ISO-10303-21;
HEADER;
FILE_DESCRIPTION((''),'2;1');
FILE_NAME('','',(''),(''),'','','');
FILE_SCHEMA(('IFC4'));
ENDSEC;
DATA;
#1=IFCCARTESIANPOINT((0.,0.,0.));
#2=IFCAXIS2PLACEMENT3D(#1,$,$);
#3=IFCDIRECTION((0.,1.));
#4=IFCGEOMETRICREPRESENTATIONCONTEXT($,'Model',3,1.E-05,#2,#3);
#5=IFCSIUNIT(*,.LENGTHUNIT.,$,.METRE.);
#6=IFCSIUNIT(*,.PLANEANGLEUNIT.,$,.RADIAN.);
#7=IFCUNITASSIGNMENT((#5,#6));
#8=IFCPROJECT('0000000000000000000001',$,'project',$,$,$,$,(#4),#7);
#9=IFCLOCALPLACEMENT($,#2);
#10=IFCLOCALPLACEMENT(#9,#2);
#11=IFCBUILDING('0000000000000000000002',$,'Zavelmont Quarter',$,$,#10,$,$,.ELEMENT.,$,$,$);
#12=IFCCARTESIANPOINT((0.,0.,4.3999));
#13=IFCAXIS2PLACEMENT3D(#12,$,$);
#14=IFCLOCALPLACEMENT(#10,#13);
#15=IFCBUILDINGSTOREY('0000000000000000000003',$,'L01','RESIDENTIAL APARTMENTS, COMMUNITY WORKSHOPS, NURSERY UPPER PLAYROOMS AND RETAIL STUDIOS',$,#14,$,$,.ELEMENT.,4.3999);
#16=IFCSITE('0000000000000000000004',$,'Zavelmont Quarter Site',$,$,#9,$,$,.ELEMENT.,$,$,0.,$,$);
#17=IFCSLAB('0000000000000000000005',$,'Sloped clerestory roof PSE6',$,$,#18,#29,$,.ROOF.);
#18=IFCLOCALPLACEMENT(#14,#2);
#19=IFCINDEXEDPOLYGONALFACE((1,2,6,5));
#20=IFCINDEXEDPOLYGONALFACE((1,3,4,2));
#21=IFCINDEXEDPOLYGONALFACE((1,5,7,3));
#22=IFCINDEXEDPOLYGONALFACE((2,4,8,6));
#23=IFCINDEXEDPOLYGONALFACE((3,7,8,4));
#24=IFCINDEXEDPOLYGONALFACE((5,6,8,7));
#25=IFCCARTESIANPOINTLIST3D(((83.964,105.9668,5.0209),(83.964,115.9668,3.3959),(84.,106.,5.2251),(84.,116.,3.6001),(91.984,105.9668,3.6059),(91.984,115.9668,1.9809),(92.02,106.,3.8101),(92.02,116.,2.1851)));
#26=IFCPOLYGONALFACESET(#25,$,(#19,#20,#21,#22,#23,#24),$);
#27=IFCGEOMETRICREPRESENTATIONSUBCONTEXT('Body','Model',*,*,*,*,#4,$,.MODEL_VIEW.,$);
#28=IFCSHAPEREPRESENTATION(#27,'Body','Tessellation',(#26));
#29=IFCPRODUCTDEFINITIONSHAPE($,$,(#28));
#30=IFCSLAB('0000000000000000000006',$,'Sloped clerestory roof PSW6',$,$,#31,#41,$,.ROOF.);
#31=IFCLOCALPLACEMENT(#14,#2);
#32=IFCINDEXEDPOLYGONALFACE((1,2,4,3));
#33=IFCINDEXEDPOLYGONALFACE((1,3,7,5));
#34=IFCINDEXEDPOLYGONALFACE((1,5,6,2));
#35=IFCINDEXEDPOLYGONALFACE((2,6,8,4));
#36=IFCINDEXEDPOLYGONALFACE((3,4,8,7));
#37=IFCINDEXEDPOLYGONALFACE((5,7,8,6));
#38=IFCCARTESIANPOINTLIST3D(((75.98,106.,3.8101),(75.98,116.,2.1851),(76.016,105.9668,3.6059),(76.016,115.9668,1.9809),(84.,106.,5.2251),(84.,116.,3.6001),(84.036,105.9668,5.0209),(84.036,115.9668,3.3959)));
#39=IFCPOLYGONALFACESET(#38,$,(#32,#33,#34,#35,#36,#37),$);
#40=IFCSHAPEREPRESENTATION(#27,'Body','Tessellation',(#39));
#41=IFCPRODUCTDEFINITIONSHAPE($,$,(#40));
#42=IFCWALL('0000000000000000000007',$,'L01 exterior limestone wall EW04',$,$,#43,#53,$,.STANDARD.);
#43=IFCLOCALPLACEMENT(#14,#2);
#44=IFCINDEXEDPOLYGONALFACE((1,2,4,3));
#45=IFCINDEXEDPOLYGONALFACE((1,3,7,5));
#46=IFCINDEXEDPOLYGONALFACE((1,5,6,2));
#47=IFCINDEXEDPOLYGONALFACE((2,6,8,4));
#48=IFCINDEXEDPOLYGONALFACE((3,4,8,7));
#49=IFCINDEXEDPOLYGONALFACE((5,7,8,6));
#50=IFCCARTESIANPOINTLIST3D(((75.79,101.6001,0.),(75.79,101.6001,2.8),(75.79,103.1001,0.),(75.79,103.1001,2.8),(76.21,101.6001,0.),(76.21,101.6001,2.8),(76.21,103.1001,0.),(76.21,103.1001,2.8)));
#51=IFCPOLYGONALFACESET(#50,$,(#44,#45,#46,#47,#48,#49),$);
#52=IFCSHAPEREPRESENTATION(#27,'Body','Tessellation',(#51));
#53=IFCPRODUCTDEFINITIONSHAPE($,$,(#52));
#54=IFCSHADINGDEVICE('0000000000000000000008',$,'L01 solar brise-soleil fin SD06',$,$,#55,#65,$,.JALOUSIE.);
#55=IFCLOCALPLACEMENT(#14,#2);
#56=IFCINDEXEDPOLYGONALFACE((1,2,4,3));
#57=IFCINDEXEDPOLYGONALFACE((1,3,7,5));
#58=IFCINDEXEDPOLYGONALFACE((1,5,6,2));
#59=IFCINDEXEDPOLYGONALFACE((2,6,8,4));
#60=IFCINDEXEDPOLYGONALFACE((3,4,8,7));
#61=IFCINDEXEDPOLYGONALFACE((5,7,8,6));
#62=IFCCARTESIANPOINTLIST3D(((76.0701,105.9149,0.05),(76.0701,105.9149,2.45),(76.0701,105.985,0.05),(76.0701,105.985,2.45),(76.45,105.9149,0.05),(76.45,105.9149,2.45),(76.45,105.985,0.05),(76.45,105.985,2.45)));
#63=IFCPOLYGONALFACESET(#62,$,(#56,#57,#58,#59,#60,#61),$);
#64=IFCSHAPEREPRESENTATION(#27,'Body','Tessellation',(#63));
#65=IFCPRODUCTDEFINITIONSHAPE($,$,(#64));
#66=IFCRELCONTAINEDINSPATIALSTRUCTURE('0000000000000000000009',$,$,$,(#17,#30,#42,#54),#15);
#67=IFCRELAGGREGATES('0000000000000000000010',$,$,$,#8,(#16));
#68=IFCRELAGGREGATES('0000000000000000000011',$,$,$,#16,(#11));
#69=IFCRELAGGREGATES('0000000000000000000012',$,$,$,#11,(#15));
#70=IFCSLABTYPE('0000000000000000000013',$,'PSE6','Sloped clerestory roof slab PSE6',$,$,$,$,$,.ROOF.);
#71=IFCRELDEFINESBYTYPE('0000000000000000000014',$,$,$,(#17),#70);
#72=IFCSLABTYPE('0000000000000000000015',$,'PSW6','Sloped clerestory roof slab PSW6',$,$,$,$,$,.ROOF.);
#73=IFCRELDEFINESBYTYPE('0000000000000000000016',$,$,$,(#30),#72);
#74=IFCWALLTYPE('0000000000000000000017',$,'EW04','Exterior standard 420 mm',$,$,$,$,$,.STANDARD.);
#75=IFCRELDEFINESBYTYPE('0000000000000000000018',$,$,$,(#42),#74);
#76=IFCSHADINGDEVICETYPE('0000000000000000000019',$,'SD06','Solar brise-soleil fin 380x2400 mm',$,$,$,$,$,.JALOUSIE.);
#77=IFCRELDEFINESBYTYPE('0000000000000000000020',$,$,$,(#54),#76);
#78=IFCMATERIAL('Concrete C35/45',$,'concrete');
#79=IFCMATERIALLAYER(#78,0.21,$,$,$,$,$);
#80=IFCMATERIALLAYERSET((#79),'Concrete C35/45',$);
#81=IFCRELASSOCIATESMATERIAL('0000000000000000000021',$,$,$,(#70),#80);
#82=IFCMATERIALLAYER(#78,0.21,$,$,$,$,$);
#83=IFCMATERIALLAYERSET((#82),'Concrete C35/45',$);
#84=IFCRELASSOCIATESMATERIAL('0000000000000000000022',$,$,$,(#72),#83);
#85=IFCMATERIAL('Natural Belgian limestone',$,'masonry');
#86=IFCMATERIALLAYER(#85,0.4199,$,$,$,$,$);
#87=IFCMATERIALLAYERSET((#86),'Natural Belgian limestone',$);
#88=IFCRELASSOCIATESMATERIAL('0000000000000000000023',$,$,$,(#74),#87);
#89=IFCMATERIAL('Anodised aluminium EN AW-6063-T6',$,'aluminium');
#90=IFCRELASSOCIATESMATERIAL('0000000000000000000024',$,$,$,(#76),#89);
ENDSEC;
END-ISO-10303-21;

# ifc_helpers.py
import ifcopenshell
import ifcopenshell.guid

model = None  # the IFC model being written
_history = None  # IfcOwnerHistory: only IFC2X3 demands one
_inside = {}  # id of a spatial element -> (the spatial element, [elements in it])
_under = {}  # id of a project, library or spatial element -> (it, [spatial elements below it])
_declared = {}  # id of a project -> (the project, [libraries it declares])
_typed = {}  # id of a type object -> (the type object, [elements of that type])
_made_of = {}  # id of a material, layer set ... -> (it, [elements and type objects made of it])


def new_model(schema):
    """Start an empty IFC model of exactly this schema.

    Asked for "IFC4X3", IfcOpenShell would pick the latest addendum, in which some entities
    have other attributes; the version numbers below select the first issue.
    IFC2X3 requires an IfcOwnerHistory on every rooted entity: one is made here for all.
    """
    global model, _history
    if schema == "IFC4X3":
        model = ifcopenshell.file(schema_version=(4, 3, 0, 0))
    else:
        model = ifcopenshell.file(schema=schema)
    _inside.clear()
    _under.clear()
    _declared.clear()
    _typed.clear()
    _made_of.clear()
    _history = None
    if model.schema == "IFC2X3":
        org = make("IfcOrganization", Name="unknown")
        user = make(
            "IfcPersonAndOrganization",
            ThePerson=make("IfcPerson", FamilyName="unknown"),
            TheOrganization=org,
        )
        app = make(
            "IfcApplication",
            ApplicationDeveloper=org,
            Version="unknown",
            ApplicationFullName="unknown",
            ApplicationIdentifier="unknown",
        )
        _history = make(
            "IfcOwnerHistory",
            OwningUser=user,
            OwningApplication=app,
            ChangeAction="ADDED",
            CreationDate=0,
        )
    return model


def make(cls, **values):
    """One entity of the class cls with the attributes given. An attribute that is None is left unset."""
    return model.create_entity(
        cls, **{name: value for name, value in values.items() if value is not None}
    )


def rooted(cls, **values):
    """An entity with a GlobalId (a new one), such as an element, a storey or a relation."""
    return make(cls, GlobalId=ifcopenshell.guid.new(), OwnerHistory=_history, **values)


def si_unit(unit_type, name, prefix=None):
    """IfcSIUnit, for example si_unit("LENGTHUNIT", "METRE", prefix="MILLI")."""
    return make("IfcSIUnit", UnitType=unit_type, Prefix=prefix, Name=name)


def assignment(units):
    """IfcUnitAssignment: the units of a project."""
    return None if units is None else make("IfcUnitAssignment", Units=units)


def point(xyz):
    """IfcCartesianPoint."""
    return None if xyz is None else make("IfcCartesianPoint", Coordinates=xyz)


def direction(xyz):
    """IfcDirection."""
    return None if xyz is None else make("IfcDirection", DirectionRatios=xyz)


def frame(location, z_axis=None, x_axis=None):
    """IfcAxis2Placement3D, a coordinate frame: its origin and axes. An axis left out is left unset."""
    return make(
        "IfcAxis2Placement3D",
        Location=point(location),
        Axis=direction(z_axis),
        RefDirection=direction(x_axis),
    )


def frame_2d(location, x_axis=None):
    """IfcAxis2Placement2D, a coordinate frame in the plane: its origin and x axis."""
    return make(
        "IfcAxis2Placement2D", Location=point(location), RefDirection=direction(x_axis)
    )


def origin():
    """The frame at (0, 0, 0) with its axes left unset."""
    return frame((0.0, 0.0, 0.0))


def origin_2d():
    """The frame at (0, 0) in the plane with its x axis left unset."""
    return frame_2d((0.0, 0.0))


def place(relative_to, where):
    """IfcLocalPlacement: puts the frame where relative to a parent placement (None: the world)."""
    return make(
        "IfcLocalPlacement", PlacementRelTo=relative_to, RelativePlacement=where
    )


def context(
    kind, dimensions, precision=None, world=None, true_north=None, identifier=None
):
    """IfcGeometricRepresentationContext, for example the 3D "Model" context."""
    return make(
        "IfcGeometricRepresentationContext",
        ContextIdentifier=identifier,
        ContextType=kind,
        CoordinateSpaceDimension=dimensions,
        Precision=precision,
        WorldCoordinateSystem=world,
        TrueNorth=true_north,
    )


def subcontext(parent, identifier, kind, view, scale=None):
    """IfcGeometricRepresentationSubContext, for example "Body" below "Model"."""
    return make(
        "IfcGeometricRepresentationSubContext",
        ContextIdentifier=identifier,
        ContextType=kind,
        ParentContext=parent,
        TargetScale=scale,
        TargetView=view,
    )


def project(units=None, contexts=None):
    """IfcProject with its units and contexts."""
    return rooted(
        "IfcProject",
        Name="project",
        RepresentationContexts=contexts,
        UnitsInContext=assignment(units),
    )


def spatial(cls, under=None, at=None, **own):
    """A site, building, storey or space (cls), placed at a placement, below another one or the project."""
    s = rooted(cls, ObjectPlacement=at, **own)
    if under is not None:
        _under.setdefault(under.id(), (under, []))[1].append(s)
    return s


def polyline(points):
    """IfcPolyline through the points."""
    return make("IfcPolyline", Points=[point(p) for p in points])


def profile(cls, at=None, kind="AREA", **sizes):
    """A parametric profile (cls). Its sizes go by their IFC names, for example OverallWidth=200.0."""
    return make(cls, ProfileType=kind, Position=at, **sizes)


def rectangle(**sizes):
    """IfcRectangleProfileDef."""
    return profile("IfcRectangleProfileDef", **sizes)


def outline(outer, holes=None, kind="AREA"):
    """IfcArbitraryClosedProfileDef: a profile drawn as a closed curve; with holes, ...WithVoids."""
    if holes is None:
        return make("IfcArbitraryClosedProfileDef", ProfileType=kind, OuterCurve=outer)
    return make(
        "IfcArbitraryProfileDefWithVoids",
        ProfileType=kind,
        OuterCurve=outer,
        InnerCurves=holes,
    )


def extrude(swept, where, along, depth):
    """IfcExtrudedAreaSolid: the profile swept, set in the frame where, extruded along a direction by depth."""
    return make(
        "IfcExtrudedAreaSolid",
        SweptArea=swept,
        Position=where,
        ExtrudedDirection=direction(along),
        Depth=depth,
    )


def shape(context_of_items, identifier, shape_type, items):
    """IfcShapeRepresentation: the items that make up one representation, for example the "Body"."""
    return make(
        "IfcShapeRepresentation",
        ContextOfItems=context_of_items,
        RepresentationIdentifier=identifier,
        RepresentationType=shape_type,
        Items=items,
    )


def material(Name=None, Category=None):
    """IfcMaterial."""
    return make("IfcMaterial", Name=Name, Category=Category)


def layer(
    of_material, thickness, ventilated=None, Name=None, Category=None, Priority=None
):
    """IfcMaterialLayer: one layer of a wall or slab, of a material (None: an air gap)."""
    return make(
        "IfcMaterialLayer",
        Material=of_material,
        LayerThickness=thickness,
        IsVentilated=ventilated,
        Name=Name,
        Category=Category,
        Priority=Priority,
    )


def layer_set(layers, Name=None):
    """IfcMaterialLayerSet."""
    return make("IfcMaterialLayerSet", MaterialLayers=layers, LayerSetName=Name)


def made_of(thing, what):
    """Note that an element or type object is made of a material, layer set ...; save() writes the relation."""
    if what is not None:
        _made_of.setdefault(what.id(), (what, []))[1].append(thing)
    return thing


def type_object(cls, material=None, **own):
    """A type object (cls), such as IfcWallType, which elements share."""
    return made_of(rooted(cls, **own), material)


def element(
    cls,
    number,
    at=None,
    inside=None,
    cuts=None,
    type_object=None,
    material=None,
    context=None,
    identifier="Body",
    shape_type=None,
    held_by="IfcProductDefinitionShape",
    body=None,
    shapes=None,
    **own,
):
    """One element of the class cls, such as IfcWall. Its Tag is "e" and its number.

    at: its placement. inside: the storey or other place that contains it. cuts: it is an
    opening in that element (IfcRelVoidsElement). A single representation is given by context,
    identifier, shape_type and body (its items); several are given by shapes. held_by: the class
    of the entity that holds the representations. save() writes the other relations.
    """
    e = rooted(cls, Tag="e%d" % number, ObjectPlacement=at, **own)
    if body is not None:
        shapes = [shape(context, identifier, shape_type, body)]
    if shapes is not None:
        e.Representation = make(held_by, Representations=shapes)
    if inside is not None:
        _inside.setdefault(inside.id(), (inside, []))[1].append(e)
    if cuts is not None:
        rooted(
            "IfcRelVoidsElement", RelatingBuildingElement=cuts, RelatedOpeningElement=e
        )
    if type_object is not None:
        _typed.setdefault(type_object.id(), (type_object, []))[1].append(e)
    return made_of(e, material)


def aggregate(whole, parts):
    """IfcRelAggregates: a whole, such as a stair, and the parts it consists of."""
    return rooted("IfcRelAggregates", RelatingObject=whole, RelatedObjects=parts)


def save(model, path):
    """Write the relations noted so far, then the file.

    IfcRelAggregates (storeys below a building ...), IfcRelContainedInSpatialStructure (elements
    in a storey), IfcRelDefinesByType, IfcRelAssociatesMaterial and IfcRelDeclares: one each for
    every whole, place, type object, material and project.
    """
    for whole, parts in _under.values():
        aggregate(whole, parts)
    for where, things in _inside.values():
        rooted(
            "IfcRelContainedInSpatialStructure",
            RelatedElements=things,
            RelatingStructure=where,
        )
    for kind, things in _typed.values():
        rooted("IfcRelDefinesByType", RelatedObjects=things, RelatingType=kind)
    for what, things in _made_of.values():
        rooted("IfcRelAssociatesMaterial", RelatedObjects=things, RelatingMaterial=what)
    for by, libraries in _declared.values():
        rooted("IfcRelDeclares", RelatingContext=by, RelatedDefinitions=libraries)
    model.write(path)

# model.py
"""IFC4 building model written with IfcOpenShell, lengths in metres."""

from ifc_helpers import new_model, si_unit, direction, frame, frame_2d, origin, origin_2d, place, context, subcontext, project, spatial, polyline, rectangle, outline, extrude, material, layer, layer_set, type_object, element, save


model = new_model("IFC4")

# Units and contexts
model_context = context("Model", 3, precision=1e-05, world=origin(), true_north=direction((0.0, 1.0)))
body_context = subcontext(model_context, "Body", "Model", "MODEL_VIEW")
ifc_project = project(units=[si_unit("LENGTHUNIT", "METRE"), si_unit("PLANEANGLEUNIT", "RADIAN")], contexts=[model_context])

# Site, building, storey
site_placement = place(None, origin())
site = spatial("IfcSite", under=ifc_project, at=site_placement, Name="Zavelmont Quarter Site", CompositionType="ELEMENT", RefElevation=0.0)
building_placement = place(site_placement, origin())
building = spatial("IfcBuilding", under=site, at=building_placement, Name="Zavelmont Quarter", CompositionType="ELEMENT")
storey_placement = place(building_placement, frame((0.0, 0.0, 4.3999)))
storey = spatial("IfcBuildingStorey", under=building, at=storey_placement, Name="L01", Description="RESIDENTIAL APARTMENTS, COMMUNITY WORKSHOPS, NURSERY UPPER PLAYROOMS AND RETAIL STUDIOS", CompositionType="ELEMENT", Elevation=4.3999)

# Shared definitions
ifc_material_1 = material(Name="Concrete C35/45", Category="concrete")

# Slabs
ifc_layer_1 = layer(ifc_material_1, 0.21)
ifc_layer_set_1 = layer_set([ifc_layer_1], Name="Concrete C35/45")
slab_type_1 = type_object("IfcSlabType", Name="PSE6", Description="Sloped clerestory roof slab PSE6", PredefinedType="ROOF", material=ifc_layer_set_1)
slab_1_placement = place(storey_placement, frame((84.0, 106.0, 5.2251), z_axis=(0.171572, 0.158018, 0.972416), x_axis=(0.984789, 0.0, -0.173755)))
element("IfcSlab", 1, at=slab_1_placement, inside=storey, type_object=slab_type_1, Name="Sloped clerestory roof PSE6", PredefinedType="ROOF", context=body_context, shape_type="SweptSolid", body=[
    extrude(outline(polyline([(0.0, 0.0), (8.1439, 0.0), (8.4262, 10.1272), (0.2824, 10.1272), (0.0, 0.0)])), origin(), (0.0, 0.0, -1.0), 0.21),
])
ifc_layer_2 = layer(ifc_material_1, 0.21)
ifc_layer_set_2 = layer_set([ifc_layer_2], Name="Concrete C35/45")
slab_type_2 = type_object("IfcSlabType", Name="PSW6", Description="Sloped clerestory roof slab PSW6", PredefinedType="ROOF", material=ifc_layer_set_2)
slab_2_placement = place(storey_placement, frame((75.98, 106.0, 3.8101), z_axis=(-0.171572, 0.158018, 0.972416), x_axis=(0.984789, 0.0, 0.173755)))
element("IfcSlab", 2, at=slab_2_placement, inside=storey, type_object=slab_type_2, Name="Sloped clerestory roof PSW6", PredefinedType="ROOF", context=body_context, shape_type="SweptSolid", body=[
    extrude(outline(polyline([(0.0, 0.0), (8.1439, 0.0), (7.8615, 10.1272), (-0.2824, 10.1272), (0.0, 0.0)])), origin(), (0.0, 0.0, -1.0), 0.21),
])

# Wall
ifc_material_2 = material(Name="Natural Belgian limestone", Category="masonry")
ifc_layer_3 = layer(ifc_material_2, 0.4199)
ifc_layer_set_3 = layer_set([ifc_layer_3], Name="Natural Belgian limestone")
wall_type = type_object("IfcWallType", Name="EW04", Description="Exterior standard 420 mm", PredefinedType="STANDARD", material=ifc_layer_set_3)
wall_placement = place(storey_placement, frame((76.0, 101.6001, 0.0), z_axis=(0.0, 0.0, 1.0), x_axis=(0.0, 1.0, 0.0)))
element("IfcWall", 3, at=wall_placement, inside=storey, type_object=wall_type, Name="L01 exterior limestone wall EW04", PredefinedType="STANDARD", context=body_context, shape_type="SweptSolid", body=[
    extrude(rectangle(XDim=1.5, YDim=0.4199, at=frame_2d((0.75, 0.0))), origin(), (0.0, 0.0, 1.0), 2.8),
])

# Shading device
ifc_material_3 = material(Name="Anodised aluminium EN AW-6063-T6", Category="aluminium")
shading_device_type = type_object("IfcShadingDeviceType", Name="SD06", Description="Solar brise-soleil fin 380x2400 mm", PredefinedType="JALOUSIE", material=ifc_material_3)
shading_device_placement = place(storey_placement, frame((76.26, 105.95, 0.05), z_axis=(0.0, 0.0, 1.0), x_axis=(0.0, 1.0, 0.0)))
element("IfcShadingDevice", 4, at=shading_device_placement, inside=storey, type_object=shading_device_type, Name="L01 solar brise-soleil fin SD06", PredefinedType="JALOUSIE", context=body_context, shape_type="SweptSolid", body=[
    extrude(rectangle(XDim=0.0701, YDim=0.3799, at=origin_2d()), origin(), (0.0, 0.0, 1.0), 2.3999),
])

save(model, "model.ifc")
